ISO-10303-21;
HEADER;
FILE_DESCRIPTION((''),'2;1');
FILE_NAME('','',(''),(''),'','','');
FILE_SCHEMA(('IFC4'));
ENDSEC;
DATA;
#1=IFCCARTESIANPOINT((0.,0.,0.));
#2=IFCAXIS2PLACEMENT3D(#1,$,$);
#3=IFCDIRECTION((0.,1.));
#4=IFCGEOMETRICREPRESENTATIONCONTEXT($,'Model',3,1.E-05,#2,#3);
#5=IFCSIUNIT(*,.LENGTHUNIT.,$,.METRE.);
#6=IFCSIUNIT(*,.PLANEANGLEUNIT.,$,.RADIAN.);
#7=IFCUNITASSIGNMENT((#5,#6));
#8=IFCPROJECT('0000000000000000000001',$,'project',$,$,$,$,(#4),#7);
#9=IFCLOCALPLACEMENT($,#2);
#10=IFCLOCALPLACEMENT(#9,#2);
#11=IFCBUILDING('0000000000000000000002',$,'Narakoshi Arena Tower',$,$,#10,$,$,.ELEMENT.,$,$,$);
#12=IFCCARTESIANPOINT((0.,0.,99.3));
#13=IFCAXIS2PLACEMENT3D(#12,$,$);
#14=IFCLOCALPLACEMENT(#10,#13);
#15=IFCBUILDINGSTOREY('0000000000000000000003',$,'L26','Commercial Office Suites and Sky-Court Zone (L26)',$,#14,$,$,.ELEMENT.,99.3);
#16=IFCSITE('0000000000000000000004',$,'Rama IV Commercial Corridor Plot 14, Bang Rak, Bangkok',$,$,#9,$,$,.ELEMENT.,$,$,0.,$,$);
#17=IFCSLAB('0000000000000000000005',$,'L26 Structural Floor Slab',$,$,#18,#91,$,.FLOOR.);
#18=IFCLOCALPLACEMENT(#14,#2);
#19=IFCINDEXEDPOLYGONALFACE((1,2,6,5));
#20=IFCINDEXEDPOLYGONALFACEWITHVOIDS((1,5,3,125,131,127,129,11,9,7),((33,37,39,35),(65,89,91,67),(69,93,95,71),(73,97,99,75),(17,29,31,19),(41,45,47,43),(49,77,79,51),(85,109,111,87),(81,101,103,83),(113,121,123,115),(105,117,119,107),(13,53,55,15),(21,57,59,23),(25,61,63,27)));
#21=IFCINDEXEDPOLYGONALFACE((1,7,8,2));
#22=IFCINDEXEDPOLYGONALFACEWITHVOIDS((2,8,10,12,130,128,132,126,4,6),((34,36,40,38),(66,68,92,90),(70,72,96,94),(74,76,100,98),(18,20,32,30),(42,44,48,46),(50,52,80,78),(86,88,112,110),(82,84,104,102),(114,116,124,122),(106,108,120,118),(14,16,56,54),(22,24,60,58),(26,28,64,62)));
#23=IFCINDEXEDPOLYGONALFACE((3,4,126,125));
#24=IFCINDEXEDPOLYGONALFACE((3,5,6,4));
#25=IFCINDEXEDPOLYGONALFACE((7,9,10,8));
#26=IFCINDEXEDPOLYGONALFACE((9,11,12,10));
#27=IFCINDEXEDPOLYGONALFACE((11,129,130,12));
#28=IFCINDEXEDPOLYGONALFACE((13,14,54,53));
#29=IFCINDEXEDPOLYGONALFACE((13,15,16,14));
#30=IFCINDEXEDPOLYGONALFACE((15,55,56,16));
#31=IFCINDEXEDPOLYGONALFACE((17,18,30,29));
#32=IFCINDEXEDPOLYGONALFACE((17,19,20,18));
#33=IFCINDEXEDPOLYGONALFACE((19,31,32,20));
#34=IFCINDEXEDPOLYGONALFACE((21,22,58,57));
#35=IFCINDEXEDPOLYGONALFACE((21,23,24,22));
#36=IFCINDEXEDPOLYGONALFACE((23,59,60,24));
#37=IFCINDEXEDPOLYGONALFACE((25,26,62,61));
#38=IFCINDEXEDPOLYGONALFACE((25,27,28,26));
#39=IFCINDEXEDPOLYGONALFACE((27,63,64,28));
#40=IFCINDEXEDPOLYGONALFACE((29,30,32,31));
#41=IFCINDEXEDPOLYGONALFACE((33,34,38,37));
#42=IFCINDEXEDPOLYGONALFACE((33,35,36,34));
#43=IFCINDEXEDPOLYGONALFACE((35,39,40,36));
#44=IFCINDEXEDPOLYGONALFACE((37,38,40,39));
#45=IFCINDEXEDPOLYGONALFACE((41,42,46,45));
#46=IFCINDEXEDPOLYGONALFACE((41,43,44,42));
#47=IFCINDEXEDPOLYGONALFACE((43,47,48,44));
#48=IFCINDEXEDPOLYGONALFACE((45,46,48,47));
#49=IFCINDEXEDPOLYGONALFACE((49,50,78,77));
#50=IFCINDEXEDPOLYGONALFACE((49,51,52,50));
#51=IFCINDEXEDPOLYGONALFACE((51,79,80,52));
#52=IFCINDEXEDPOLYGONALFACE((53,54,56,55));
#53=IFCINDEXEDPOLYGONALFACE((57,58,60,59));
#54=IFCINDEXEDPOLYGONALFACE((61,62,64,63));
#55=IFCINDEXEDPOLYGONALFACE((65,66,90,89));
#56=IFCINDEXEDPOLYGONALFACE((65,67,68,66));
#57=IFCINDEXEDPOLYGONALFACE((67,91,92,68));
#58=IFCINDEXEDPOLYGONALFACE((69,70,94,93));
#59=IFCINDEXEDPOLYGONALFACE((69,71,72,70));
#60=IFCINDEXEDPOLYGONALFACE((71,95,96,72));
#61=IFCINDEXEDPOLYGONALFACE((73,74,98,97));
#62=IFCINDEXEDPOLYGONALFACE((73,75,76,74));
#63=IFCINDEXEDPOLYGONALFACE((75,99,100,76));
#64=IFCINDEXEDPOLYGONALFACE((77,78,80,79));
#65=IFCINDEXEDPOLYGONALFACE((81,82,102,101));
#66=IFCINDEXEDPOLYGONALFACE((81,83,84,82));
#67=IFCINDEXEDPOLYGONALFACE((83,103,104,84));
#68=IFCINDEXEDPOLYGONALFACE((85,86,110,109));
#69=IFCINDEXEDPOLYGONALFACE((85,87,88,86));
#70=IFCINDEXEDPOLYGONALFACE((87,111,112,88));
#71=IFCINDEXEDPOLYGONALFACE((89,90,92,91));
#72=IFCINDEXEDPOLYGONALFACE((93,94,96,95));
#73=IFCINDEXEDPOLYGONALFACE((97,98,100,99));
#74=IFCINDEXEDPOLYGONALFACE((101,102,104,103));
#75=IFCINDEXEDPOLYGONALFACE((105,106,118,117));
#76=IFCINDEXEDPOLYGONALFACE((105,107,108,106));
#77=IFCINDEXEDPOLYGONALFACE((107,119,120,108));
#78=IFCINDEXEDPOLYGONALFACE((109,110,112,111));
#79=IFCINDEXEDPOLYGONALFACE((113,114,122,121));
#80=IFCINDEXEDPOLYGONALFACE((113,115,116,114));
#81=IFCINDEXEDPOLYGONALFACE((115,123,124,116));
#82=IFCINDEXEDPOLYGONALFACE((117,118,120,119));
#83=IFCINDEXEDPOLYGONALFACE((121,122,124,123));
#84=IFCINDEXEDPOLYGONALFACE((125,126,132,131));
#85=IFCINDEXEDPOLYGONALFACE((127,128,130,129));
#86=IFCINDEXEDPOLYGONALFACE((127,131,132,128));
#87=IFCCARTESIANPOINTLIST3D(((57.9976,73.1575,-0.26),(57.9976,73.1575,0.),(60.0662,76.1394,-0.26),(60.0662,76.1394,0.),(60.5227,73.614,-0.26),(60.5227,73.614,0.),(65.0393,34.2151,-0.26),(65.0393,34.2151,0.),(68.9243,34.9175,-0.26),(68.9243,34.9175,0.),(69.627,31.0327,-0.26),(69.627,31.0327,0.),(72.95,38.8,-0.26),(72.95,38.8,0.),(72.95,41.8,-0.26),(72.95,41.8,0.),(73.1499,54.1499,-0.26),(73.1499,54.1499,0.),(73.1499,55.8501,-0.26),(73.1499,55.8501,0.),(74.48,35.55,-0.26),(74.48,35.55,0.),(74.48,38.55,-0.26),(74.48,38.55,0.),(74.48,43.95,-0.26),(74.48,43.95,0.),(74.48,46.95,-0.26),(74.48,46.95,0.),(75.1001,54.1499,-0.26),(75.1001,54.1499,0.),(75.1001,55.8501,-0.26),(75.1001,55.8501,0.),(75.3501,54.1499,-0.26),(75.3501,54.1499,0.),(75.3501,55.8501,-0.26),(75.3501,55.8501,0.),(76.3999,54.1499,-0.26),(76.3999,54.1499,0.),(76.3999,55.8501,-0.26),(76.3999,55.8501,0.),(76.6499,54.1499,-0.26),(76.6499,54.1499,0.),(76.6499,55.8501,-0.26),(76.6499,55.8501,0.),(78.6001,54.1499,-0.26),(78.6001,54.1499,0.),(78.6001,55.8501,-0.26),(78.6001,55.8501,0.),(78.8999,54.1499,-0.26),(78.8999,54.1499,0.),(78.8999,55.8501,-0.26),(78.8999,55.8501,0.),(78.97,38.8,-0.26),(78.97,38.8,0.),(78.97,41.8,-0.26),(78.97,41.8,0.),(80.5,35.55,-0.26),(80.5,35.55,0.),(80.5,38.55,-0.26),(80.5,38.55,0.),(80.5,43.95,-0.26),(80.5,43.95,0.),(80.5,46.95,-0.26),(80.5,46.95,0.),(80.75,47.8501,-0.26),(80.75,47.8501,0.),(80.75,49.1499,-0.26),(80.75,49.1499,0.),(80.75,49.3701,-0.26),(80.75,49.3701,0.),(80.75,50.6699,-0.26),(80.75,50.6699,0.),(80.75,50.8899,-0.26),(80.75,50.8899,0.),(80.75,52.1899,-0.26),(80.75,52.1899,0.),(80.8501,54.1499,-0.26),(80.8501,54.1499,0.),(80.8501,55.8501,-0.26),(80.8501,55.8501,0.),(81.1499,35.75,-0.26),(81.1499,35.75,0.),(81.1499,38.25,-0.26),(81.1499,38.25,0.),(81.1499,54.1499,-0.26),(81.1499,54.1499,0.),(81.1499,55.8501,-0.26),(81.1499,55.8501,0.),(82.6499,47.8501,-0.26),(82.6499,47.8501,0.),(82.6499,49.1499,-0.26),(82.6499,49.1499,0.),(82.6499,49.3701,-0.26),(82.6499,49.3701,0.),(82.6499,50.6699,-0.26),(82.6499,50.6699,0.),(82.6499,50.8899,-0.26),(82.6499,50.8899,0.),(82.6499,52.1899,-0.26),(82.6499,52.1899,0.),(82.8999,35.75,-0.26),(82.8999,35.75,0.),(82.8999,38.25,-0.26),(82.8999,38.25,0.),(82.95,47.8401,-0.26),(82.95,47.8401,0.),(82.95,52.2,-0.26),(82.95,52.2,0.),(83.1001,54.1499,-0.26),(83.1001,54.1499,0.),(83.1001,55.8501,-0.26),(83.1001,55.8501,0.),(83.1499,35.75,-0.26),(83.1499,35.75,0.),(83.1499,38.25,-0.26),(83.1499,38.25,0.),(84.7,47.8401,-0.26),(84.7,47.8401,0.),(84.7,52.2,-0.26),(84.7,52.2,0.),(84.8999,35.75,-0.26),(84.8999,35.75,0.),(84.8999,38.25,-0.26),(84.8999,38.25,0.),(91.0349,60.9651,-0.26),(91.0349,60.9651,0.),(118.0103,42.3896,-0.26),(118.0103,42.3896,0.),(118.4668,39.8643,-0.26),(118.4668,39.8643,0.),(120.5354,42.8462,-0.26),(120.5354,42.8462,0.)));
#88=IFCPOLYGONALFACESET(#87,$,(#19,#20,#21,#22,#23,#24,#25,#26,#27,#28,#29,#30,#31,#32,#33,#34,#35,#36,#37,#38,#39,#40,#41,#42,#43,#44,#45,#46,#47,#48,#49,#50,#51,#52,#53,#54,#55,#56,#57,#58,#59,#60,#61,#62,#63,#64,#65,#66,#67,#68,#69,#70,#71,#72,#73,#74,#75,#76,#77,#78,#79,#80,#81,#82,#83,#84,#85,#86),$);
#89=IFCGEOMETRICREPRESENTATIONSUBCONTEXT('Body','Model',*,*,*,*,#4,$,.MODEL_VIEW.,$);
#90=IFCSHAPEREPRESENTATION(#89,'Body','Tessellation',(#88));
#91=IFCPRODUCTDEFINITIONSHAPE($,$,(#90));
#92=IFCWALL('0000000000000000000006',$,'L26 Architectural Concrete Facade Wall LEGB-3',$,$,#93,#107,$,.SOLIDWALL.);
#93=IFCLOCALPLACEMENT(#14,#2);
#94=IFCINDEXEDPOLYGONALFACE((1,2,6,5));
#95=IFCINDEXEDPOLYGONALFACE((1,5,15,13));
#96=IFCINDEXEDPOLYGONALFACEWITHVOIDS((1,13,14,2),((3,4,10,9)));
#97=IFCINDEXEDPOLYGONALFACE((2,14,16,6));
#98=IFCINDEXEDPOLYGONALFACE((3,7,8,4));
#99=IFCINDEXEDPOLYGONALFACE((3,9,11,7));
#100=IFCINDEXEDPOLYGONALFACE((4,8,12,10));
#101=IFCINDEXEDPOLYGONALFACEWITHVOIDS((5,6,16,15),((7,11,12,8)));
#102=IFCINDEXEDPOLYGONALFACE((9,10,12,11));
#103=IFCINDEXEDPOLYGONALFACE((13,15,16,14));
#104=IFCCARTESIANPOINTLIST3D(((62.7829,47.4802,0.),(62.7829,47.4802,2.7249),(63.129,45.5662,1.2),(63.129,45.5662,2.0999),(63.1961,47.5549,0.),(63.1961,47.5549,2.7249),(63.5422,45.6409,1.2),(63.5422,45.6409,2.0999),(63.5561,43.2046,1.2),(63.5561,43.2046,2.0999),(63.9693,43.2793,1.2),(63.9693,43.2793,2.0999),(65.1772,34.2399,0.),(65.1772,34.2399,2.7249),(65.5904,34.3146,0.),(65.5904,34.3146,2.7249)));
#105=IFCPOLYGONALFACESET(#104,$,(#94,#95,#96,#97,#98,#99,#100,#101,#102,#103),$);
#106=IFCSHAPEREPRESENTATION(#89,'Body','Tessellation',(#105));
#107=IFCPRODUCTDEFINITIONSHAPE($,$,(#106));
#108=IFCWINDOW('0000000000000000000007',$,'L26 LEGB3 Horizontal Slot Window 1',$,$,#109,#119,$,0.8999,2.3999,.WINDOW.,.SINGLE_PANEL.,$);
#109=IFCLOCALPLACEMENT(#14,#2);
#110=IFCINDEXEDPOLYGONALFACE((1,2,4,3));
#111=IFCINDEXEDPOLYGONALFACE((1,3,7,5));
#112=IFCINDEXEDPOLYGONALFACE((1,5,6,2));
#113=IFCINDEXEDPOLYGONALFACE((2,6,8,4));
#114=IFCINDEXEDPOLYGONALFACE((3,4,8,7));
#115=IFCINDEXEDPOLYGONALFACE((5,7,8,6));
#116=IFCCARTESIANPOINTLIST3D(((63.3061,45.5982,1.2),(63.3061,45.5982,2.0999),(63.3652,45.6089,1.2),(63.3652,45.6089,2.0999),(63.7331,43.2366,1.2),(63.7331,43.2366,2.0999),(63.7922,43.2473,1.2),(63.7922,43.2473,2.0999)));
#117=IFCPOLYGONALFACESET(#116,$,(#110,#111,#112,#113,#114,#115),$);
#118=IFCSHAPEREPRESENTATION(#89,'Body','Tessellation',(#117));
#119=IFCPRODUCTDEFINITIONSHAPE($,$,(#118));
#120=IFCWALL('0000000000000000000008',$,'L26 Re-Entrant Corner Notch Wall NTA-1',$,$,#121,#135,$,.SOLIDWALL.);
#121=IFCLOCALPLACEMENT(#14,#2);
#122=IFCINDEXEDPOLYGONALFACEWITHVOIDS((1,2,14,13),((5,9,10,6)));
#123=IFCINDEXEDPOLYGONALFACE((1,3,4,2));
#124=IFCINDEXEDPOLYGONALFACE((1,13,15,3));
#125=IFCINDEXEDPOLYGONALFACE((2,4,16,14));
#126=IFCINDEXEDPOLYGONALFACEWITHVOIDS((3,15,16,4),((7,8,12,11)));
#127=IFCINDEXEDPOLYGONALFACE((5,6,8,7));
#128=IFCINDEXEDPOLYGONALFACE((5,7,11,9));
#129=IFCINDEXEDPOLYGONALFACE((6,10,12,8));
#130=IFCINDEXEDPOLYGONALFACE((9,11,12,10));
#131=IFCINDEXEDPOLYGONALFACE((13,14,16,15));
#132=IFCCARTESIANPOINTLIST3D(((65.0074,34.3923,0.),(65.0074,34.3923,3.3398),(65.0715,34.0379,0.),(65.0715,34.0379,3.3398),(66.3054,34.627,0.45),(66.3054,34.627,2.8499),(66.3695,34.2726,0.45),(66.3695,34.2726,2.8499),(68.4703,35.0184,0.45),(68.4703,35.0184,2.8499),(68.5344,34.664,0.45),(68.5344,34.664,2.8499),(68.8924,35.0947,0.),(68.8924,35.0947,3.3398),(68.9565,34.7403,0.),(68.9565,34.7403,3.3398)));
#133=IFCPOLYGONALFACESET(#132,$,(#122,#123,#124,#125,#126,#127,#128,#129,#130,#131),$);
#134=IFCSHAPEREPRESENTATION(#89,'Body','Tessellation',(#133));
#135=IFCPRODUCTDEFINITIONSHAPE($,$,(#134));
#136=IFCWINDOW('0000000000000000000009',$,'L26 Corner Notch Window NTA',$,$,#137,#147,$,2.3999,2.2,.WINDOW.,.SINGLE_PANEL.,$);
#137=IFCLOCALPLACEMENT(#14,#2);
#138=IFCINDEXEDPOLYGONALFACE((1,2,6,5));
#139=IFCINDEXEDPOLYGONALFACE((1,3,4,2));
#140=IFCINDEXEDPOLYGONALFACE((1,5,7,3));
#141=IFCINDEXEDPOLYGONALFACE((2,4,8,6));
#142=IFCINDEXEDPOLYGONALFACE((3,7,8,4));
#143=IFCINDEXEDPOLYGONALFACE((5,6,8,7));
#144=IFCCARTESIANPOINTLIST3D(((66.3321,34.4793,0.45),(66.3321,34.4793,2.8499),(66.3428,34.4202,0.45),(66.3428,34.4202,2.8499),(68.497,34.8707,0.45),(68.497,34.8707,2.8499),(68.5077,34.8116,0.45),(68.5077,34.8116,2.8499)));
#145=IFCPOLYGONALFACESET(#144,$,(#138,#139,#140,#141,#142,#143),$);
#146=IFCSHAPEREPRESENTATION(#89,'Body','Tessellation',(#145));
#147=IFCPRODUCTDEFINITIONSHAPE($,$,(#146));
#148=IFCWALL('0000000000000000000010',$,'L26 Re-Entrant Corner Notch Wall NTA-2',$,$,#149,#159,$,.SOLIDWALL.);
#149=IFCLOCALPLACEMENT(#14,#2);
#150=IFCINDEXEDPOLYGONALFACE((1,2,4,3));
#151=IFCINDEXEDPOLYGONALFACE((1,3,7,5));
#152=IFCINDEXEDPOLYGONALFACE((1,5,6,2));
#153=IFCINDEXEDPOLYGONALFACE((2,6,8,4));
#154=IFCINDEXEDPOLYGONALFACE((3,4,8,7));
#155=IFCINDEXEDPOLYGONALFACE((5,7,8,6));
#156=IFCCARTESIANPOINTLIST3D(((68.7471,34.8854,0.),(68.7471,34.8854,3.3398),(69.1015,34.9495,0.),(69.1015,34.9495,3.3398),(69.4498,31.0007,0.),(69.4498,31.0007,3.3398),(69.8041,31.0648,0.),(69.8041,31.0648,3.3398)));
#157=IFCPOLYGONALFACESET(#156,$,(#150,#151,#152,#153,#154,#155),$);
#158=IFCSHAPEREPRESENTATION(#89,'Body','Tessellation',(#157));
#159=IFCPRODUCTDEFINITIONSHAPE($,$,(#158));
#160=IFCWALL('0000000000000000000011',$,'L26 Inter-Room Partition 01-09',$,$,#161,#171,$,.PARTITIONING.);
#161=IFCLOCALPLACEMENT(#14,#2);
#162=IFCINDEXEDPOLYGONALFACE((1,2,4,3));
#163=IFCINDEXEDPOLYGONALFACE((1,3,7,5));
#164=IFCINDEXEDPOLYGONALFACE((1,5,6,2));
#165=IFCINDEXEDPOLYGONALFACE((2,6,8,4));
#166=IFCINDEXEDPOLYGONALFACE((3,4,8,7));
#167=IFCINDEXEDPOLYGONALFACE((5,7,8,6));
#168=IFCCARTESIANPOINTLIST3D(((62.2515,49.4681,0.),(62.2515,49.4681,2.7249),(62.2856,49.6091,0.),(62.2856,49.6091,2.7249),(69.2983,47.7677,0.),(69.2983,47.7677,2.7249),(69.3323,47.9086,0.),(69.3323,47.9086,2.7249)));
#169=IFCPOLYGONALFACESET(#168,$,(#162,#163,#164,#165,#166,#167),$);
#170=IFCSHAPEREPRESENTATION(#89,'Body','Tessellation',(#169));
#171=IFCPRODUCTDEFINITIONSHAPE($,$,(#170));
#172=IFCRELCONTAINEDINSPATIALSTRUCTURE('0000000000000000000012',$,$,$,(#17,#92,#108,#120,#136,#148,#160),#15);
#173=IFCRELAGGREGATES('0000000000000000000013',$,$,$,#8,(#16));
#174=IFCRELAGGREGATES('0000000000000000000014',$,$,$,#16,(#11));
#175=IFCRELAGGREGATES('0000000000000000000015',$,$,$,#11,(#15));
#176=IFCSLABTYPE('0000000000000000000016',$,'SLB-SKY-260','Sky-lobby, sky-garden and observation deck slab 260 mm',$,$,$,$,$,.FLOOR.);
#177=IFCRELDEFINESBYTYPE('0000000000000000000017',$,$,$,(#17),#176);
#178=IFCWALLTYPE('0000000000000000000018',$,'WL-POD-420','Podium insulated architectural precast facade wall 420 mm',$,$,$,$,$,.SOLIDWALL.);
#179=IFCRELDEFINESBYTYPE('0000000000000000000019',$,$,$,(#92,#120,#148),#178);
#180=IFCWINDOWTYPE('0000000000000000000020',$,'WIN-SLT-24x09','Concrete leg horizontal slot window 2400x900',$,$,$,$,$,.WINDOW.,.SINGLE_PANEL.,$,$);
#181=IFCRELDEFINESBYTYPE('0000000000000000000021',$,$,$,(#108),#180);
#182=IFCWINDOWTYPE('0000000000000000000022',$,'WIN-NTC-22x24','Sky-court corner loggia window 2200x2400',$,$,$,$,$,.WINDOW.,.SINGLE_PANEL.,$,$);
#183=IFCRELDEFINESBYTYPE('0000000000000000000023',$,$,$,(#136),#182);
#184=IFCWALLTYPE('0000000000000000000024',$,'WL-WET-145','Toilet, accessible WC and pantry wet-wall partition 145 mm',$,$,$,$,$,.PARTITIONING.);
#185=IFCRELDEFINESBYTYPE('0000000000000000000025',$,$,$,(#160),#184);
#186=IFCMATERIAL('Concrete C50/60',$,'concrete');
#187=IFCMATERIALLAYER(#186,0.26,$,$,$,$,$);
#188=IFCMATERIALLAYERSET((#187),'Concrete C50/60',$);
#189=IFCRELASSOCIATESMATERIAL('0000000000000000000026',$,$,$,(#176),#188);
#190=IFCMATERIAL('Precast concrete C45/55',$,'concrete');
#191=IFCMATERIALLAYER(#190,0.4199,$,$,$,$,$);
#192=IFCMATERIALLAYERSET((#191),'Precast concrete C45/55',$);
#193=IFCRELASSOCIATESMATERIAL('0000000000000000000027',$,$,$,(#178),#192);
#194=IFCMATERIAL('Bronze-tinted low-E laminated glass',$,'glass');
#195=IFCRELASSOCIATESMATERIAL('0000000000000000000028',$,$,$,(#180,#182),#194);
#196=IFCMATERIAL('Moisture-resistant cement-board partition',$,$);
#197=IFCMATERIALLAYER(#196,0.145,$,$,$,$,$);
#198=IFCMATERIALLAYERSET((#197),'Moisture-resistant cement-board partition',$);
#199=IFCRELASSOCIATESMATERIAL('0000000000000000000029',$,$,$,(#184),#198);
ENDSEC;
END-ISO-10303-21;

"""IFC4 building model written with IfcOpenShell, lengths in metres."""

from ifc_helpers import new_model, si_unit, direction, frame, frame_2d, origin, place, context, subcontext, project, spatial, polyline, rectangle, outline, extrude, material, layer, layer_set, type_object, element, fill, save


model = new_model("IFC4")

# Units and contexts
model_context = context("Model", 3, precision=1e-05, world=origin(), true_north=direction((0.0, 1.0)))
body_context = subcontext(model_context, "Body", "Model", "MODEL_VIEW")
ifc_project = project(units=[si_unit("LENGTHUNIT", "METRE"), si_unit("PLANEANGLEUNIT", "RADIAN")], contexts=[model_context])

# Site, building, storey
site_placement = place(None, origin())
site = spatial("IfcSite", under=ifc_project, at=site_placement, Name="Rama IV Commercial Corridor Plot 14, Bang Rak, Bangkok", CompositionType="ELEMENT", RefElevation=0.0)
building_placement = place(site_placement, origin())
building = spatial("IfcBuilding", under=site, at=building_placement, Name="Narakoshi Arena Tower", CompositionType="ELEMENT")
storey_placement = place(building_placement, frame((0.0, 0.0, 99.3)))
storey = spatial("IfcBuildingStorey", under=building, at=storey_placement, Name="L26", Description="Commercial Office Suites and Sky-Court Zone (L26)", CompositionType="ELEMENT", Elevation=99.3)

# Slab
ifc_material_1 = material(Name="Concrete C50/60", Category="concrete")
ifc_layer_1 = layer(ifc_material_1, 0.26)
ifc_layer_set_1 = layer_set([ifc_layer_1], Name="Concrete C50/60")
slab_type_1 = type_object("IfcSlabType", Name="SLB-SKY-260", Description="Sky-lobby, sky-garden and observation deck slab 260 mm", PredefinedType="FLOOR", material=ifc_layer_set_1)
slab_1_placement = place(storey_placement, frame((0.0, 0.0, -0.26)))
element("IfcSlab", 1, at=slab_1_placement, inside=storey, type_object=slab_type_1, Name="L26 Structural Floor Slab", PredefinedType="FLOOR", context=body_context, shape_type="SweptSolid", body=[
    extrude(outline(polyline([(69.627, 31.0327), (118.4668, 39.8643), (118.0103, 42.3896), (120.5354, 42.8462), (91.0349, 60.9651), (60.0662, 76.1394), (60.5227, 73.614), (57.9976, 73.1575), (65.0393, 34.2151), (68.9243, 34.9175), (69.627, 31.0327)]), holes=[polyline([(80.5, 35.55), (74.48, 35.55), (74.48, 38.55), (80.5, 38.55), (80.5, 35.55)]), polyline([(82.8999, 35.75), (81.1499, 35.75), (81.1499, 38.25), (82.8999, 38.25), (82.8999, 35.75)]), polyline([(83.1499, 35.75), (83.1499, 38.25), (84.8999, 38.25), (84.8999, 35.75), (83.1499, 35.75)]), polyline([(72.95, 38.8), (72.95, 41.8), (78.97, 41.8), (78.97, 38.8), (72.95, 38.8)]), polyline([(74.48, 43.95), (74.48, 46.95), (80.5, 46.95), (80.5, 43.95), (74.48, 43.95)]), polyline([(82.95, 47.8401), (82.95, 52.2), (84.7, 52.2), (84.7, 47.8401), (82.95, 47.8401)]), polyline([(80.75, 47.8501), (80.75, 49.1499), (82.6499, 49.1499), (82.6499, 47.8501), (80.75, 47.8501)]), polyline([(80.75, 49.3701), (80.75, 50.6699), (82.6499, 50.6699), (82.6499, 49.3701), (80.75, 49.3701)]), polyline([(80.75, 50.8899), (80.75, 52.1899), (82.6499, 52.1899), (82.6499, 50.8899), (80.75, 50.8899)]), polyline([(73.1499, 54.1499), (73.1499, 55.8501), (75.1001, 55.8501), (75.1001, 54.1499), (73.1499, 54.1499)]), polyline([(75.3501, 54.1499), (75.3501, 55.8501), (76.3999, 55.8501), (76.3999, 54.1499), (75.3501, 54.1499)]), polyline([(76.6499, 54.1499), (76.6499, 55.8501), (78.6001, 55.8501), (78.6001, 54.1499), (76.6499, 54.1499)]), polyline([(78.8999, 54.1499), (78.8999, 55.8501), (80.8501, 55.8501), (80.8501, 54.1499), (78.8999, 54.1499)]), polyline([(81.1499, 54.1499), (81.1499, 55.8501), (83.1001, 55.8501), (83.1001, 54.1499), (81.1499, 54.1499)])]), origin(), (0.0, 0.0, 1.0), 0.26),
])

# Walls, openings, windows
ifc_material_2 = material(Name="Precast concrete C45/55", Category="concrete")
ifc_layer_2 = layer(ifc_material_2, 0.4199)
ifc_layer_set_2 = layer_set([ifc_layer_2], Name="Precast concrete C45/55")
wall_type_1 = type_object("IfcWallType", Name="WL-POD-420", Description="Podium insulated architectural precast facade wall 420 mm", PredefinedType="SOLIDWALL", material=ifc_layer_set_2)
wall_1_placement = place(storey_placement, frame((62.9895, 47.5176, 0.0), z_axis=(0.0, 0.0, 1.0), x_axis=(0.177948, -0.98404, 0.0)))
wall_1 = element("IfcWall", 2, at=wall_1_placement, inside=storey, type_object=wall_type_1, Name="L26 Architectural Concrete Facade Wall LEGB-3", PredefinedType="SOLIDWALL", context=body_context, shape_type="SweptSolid", body=[
    extrude(rectangle(XDim=13.4551, YDim=0.4199, at=frame_2d((6.7275, 0.0))), origin(), (0.0, 0.0, 1.0), 2.7249),
])
opening_1_placement = place(wall_1_placement, frame((1.9451, 0.0, 1.2)))
opening_1 = element("IfcOpeningElement", 3, at=opening_1_placement, cuts=wall_1, PredefinedType="OPENING", context=body_context, shape_type="SweptSolid", body=[
    extrude(rectangle(XDim=2.3999, YDim=0.8999, at=frame_2d((1.2, 0.45))), frame((0.0, 0.22, 0.0), z_axis=(0.0, -1.0, 0.0), x_axis=(1.0, 0.0, 0.0)), (0.0, 0.0, 1.0), 0.4399),
])
ifc_material_3 = material(Name="Bronze-tinted low-E laminated glass", Category="glass")
window_type_1 = type_object("IfcWindowType", Name="WIN-SLT-24x09", Description="Concrete leg horizontal slot window 2400x900", PartitioningType="SINGLE_PANEL", PredefinedType="WINDOW", material=ifc_material_3)
window_1_placement = place(opening_1_placement, origin())
window_1 = element("IfcWindow", 4, at=window_1_placement, inside=storey, type_object=window_type_1, Name="L26 LEGB3 Horizontal Slot Window 1", OverallHeight=0.8999, OverallWidth=2.3999, PartitioningType="SINGLE_PANEL", PredefinedType="WINDOW", context=body_context, shape_type="SweptSolid", body=[
    extrude(rectangle(XDim=2.3999, YDim=0.8999, at=frame_2d((1.2, 0.45))), frame((0.0, 0.03, 0.0), z_axis=(0.0, -1.0, 0.0), x_axis=(1.0, 0.0, 0.0)), (0.0, 0.0, 1.0), 0.0601),
])
fill(opening_1, window_1)
wall_2_placement = place(storey_placement, frame((65.0393, 34.2151, 0.0), z_axis=(0.0, 0.0, 1.0), x_axis=(0.984047, 0.177911, 0.0)))
wall_2 = element("IfcWall", 5, at=wall_2_placement, inside=storey, type_object=wall_type_1, Name="L26 Re-Entrant Corner Notch Wall NTA-1", PredefinedType="SOLIDWALL", context=body_context, shape_type="SweptSolid", body=[
    extrude(rectangle(XDim=3.948, YDim=0.3601, at=frame_2d((1.9741, 0.0))), origin(), (0.0, 0.0, 1.0), 3.3398),
])
opening_2_placement = place(wall_2_placement, frame((1.3191, 0.0, 0.45)))
opening_2 = element("IfcOpeningElement", 6, at=opening_2_placement, cuts=wall_2, PredefinedType="OPENING", context=body_context, shape_type="SweptSolid", body=[
    extrude(rectangle(XDim=2.2, YDim=2.3999, at=frame_2d((1.1001, 1.2))), frame((0.0, 0.1899, 0.0), z_axis=(0.0, -1.0, 0.0), x_axis=(1.0, 0.0, 0.0)), (0.0, 0.0, 1.0), 0.3801),
])
window_type_2 = type_object("IfcWindowType", Name="WIN-NTC-22x24", Description="Sky-court corner loggia window 2200x2400", PartitioningType="SINGLE_PANEL", PredefinedType="WINDOW", material=ifc_material_3)
window_2_placement = place(opening_2_placement, origin())
window_2 = element("IfcWindow", 7, at=window_2_placement, inside=storey, type_object=window_type_2, Name="L26 Corner Notch Window NTA", OverallHeight=2.3999, OverallWidth=2.2, PartitioningType="SINGLE_PANEL", PredefinedType="WINDOW", context=body_context, shape_type="SweptSolid", body=[
    extrude(rectangle(XDim=2.2, YDim=2.3999, at=frame_2d((1.1001, 1.2))), frame((0.0, 0.03, 0.0), z_axis=(0.0, -1.0, 0.0), x_axis=(1.0, 0.0, 0.0)), (0.0, 0.0, 1.0), 0.0601),
])
fill(opening_2, window_2)

# Walls
wall_3_placement = place(storey_placement, frame((68.9243, 34.9175, 0.0), z_axis=(0.0, 0.0, 1.0), x_axis=(0.177982, -0.984034, 0.0)))
element("IfcWall", 8, at=wall_3_placement, inside=storey, type_object=wall_type_1, Name="L26 Re-Entrant Corner Notch Wall NTA-2", PredefinedType="SOLIDWALL", context=body_context, shape_type="SweptSolid", body=[
    extrude(rectangle(XDim=3.9478, YDim=0.3601, at=frame_2d((1.9739, 0.0))), origin(), (0.0, 0.0, 1.0), 3.3398),
])
ifc_material_4 = material(Name="Moisture-resistant cement-board partition")
ifc_layer_3 = layer(ifc_material_4, 0.145)
ifc_layer_set_3 = layer_set([ifc_layer_3], Name="Moisture-resistant cement-board partition")
wall_type_2 = type_object("IfcWallType", Name="WL-WET-145", Description="Toilet, accessible WC and pantry wet-wall partition 145 mm", PredefinedType="PARTITIONING", material=ifc_layer_set_3)
wall_4_placement = place(storey_placement, frame((62.2686, 49.5386, 0.0), z_axis=(0.0, 0.0, 1.0), x_axis=(0.972099, -0.234571, 0.0)))
element("IfcWall", 9, at=wall_4_placement, inside=storey, type_object=wall_type_2, Name="L26 Inter-Room Partition 01-09", PredefinedType="PARTITIONING", context=body_context, shape_type="SweptSolid", body=[
    extrude(rectangle(XDim=7.249, YDim=0.145, at=frame_2d((3.6245, 0.0))), origin(), (0.0, 0.0, 1.0), 2.7249),
])

save(model, "model.ifc")
